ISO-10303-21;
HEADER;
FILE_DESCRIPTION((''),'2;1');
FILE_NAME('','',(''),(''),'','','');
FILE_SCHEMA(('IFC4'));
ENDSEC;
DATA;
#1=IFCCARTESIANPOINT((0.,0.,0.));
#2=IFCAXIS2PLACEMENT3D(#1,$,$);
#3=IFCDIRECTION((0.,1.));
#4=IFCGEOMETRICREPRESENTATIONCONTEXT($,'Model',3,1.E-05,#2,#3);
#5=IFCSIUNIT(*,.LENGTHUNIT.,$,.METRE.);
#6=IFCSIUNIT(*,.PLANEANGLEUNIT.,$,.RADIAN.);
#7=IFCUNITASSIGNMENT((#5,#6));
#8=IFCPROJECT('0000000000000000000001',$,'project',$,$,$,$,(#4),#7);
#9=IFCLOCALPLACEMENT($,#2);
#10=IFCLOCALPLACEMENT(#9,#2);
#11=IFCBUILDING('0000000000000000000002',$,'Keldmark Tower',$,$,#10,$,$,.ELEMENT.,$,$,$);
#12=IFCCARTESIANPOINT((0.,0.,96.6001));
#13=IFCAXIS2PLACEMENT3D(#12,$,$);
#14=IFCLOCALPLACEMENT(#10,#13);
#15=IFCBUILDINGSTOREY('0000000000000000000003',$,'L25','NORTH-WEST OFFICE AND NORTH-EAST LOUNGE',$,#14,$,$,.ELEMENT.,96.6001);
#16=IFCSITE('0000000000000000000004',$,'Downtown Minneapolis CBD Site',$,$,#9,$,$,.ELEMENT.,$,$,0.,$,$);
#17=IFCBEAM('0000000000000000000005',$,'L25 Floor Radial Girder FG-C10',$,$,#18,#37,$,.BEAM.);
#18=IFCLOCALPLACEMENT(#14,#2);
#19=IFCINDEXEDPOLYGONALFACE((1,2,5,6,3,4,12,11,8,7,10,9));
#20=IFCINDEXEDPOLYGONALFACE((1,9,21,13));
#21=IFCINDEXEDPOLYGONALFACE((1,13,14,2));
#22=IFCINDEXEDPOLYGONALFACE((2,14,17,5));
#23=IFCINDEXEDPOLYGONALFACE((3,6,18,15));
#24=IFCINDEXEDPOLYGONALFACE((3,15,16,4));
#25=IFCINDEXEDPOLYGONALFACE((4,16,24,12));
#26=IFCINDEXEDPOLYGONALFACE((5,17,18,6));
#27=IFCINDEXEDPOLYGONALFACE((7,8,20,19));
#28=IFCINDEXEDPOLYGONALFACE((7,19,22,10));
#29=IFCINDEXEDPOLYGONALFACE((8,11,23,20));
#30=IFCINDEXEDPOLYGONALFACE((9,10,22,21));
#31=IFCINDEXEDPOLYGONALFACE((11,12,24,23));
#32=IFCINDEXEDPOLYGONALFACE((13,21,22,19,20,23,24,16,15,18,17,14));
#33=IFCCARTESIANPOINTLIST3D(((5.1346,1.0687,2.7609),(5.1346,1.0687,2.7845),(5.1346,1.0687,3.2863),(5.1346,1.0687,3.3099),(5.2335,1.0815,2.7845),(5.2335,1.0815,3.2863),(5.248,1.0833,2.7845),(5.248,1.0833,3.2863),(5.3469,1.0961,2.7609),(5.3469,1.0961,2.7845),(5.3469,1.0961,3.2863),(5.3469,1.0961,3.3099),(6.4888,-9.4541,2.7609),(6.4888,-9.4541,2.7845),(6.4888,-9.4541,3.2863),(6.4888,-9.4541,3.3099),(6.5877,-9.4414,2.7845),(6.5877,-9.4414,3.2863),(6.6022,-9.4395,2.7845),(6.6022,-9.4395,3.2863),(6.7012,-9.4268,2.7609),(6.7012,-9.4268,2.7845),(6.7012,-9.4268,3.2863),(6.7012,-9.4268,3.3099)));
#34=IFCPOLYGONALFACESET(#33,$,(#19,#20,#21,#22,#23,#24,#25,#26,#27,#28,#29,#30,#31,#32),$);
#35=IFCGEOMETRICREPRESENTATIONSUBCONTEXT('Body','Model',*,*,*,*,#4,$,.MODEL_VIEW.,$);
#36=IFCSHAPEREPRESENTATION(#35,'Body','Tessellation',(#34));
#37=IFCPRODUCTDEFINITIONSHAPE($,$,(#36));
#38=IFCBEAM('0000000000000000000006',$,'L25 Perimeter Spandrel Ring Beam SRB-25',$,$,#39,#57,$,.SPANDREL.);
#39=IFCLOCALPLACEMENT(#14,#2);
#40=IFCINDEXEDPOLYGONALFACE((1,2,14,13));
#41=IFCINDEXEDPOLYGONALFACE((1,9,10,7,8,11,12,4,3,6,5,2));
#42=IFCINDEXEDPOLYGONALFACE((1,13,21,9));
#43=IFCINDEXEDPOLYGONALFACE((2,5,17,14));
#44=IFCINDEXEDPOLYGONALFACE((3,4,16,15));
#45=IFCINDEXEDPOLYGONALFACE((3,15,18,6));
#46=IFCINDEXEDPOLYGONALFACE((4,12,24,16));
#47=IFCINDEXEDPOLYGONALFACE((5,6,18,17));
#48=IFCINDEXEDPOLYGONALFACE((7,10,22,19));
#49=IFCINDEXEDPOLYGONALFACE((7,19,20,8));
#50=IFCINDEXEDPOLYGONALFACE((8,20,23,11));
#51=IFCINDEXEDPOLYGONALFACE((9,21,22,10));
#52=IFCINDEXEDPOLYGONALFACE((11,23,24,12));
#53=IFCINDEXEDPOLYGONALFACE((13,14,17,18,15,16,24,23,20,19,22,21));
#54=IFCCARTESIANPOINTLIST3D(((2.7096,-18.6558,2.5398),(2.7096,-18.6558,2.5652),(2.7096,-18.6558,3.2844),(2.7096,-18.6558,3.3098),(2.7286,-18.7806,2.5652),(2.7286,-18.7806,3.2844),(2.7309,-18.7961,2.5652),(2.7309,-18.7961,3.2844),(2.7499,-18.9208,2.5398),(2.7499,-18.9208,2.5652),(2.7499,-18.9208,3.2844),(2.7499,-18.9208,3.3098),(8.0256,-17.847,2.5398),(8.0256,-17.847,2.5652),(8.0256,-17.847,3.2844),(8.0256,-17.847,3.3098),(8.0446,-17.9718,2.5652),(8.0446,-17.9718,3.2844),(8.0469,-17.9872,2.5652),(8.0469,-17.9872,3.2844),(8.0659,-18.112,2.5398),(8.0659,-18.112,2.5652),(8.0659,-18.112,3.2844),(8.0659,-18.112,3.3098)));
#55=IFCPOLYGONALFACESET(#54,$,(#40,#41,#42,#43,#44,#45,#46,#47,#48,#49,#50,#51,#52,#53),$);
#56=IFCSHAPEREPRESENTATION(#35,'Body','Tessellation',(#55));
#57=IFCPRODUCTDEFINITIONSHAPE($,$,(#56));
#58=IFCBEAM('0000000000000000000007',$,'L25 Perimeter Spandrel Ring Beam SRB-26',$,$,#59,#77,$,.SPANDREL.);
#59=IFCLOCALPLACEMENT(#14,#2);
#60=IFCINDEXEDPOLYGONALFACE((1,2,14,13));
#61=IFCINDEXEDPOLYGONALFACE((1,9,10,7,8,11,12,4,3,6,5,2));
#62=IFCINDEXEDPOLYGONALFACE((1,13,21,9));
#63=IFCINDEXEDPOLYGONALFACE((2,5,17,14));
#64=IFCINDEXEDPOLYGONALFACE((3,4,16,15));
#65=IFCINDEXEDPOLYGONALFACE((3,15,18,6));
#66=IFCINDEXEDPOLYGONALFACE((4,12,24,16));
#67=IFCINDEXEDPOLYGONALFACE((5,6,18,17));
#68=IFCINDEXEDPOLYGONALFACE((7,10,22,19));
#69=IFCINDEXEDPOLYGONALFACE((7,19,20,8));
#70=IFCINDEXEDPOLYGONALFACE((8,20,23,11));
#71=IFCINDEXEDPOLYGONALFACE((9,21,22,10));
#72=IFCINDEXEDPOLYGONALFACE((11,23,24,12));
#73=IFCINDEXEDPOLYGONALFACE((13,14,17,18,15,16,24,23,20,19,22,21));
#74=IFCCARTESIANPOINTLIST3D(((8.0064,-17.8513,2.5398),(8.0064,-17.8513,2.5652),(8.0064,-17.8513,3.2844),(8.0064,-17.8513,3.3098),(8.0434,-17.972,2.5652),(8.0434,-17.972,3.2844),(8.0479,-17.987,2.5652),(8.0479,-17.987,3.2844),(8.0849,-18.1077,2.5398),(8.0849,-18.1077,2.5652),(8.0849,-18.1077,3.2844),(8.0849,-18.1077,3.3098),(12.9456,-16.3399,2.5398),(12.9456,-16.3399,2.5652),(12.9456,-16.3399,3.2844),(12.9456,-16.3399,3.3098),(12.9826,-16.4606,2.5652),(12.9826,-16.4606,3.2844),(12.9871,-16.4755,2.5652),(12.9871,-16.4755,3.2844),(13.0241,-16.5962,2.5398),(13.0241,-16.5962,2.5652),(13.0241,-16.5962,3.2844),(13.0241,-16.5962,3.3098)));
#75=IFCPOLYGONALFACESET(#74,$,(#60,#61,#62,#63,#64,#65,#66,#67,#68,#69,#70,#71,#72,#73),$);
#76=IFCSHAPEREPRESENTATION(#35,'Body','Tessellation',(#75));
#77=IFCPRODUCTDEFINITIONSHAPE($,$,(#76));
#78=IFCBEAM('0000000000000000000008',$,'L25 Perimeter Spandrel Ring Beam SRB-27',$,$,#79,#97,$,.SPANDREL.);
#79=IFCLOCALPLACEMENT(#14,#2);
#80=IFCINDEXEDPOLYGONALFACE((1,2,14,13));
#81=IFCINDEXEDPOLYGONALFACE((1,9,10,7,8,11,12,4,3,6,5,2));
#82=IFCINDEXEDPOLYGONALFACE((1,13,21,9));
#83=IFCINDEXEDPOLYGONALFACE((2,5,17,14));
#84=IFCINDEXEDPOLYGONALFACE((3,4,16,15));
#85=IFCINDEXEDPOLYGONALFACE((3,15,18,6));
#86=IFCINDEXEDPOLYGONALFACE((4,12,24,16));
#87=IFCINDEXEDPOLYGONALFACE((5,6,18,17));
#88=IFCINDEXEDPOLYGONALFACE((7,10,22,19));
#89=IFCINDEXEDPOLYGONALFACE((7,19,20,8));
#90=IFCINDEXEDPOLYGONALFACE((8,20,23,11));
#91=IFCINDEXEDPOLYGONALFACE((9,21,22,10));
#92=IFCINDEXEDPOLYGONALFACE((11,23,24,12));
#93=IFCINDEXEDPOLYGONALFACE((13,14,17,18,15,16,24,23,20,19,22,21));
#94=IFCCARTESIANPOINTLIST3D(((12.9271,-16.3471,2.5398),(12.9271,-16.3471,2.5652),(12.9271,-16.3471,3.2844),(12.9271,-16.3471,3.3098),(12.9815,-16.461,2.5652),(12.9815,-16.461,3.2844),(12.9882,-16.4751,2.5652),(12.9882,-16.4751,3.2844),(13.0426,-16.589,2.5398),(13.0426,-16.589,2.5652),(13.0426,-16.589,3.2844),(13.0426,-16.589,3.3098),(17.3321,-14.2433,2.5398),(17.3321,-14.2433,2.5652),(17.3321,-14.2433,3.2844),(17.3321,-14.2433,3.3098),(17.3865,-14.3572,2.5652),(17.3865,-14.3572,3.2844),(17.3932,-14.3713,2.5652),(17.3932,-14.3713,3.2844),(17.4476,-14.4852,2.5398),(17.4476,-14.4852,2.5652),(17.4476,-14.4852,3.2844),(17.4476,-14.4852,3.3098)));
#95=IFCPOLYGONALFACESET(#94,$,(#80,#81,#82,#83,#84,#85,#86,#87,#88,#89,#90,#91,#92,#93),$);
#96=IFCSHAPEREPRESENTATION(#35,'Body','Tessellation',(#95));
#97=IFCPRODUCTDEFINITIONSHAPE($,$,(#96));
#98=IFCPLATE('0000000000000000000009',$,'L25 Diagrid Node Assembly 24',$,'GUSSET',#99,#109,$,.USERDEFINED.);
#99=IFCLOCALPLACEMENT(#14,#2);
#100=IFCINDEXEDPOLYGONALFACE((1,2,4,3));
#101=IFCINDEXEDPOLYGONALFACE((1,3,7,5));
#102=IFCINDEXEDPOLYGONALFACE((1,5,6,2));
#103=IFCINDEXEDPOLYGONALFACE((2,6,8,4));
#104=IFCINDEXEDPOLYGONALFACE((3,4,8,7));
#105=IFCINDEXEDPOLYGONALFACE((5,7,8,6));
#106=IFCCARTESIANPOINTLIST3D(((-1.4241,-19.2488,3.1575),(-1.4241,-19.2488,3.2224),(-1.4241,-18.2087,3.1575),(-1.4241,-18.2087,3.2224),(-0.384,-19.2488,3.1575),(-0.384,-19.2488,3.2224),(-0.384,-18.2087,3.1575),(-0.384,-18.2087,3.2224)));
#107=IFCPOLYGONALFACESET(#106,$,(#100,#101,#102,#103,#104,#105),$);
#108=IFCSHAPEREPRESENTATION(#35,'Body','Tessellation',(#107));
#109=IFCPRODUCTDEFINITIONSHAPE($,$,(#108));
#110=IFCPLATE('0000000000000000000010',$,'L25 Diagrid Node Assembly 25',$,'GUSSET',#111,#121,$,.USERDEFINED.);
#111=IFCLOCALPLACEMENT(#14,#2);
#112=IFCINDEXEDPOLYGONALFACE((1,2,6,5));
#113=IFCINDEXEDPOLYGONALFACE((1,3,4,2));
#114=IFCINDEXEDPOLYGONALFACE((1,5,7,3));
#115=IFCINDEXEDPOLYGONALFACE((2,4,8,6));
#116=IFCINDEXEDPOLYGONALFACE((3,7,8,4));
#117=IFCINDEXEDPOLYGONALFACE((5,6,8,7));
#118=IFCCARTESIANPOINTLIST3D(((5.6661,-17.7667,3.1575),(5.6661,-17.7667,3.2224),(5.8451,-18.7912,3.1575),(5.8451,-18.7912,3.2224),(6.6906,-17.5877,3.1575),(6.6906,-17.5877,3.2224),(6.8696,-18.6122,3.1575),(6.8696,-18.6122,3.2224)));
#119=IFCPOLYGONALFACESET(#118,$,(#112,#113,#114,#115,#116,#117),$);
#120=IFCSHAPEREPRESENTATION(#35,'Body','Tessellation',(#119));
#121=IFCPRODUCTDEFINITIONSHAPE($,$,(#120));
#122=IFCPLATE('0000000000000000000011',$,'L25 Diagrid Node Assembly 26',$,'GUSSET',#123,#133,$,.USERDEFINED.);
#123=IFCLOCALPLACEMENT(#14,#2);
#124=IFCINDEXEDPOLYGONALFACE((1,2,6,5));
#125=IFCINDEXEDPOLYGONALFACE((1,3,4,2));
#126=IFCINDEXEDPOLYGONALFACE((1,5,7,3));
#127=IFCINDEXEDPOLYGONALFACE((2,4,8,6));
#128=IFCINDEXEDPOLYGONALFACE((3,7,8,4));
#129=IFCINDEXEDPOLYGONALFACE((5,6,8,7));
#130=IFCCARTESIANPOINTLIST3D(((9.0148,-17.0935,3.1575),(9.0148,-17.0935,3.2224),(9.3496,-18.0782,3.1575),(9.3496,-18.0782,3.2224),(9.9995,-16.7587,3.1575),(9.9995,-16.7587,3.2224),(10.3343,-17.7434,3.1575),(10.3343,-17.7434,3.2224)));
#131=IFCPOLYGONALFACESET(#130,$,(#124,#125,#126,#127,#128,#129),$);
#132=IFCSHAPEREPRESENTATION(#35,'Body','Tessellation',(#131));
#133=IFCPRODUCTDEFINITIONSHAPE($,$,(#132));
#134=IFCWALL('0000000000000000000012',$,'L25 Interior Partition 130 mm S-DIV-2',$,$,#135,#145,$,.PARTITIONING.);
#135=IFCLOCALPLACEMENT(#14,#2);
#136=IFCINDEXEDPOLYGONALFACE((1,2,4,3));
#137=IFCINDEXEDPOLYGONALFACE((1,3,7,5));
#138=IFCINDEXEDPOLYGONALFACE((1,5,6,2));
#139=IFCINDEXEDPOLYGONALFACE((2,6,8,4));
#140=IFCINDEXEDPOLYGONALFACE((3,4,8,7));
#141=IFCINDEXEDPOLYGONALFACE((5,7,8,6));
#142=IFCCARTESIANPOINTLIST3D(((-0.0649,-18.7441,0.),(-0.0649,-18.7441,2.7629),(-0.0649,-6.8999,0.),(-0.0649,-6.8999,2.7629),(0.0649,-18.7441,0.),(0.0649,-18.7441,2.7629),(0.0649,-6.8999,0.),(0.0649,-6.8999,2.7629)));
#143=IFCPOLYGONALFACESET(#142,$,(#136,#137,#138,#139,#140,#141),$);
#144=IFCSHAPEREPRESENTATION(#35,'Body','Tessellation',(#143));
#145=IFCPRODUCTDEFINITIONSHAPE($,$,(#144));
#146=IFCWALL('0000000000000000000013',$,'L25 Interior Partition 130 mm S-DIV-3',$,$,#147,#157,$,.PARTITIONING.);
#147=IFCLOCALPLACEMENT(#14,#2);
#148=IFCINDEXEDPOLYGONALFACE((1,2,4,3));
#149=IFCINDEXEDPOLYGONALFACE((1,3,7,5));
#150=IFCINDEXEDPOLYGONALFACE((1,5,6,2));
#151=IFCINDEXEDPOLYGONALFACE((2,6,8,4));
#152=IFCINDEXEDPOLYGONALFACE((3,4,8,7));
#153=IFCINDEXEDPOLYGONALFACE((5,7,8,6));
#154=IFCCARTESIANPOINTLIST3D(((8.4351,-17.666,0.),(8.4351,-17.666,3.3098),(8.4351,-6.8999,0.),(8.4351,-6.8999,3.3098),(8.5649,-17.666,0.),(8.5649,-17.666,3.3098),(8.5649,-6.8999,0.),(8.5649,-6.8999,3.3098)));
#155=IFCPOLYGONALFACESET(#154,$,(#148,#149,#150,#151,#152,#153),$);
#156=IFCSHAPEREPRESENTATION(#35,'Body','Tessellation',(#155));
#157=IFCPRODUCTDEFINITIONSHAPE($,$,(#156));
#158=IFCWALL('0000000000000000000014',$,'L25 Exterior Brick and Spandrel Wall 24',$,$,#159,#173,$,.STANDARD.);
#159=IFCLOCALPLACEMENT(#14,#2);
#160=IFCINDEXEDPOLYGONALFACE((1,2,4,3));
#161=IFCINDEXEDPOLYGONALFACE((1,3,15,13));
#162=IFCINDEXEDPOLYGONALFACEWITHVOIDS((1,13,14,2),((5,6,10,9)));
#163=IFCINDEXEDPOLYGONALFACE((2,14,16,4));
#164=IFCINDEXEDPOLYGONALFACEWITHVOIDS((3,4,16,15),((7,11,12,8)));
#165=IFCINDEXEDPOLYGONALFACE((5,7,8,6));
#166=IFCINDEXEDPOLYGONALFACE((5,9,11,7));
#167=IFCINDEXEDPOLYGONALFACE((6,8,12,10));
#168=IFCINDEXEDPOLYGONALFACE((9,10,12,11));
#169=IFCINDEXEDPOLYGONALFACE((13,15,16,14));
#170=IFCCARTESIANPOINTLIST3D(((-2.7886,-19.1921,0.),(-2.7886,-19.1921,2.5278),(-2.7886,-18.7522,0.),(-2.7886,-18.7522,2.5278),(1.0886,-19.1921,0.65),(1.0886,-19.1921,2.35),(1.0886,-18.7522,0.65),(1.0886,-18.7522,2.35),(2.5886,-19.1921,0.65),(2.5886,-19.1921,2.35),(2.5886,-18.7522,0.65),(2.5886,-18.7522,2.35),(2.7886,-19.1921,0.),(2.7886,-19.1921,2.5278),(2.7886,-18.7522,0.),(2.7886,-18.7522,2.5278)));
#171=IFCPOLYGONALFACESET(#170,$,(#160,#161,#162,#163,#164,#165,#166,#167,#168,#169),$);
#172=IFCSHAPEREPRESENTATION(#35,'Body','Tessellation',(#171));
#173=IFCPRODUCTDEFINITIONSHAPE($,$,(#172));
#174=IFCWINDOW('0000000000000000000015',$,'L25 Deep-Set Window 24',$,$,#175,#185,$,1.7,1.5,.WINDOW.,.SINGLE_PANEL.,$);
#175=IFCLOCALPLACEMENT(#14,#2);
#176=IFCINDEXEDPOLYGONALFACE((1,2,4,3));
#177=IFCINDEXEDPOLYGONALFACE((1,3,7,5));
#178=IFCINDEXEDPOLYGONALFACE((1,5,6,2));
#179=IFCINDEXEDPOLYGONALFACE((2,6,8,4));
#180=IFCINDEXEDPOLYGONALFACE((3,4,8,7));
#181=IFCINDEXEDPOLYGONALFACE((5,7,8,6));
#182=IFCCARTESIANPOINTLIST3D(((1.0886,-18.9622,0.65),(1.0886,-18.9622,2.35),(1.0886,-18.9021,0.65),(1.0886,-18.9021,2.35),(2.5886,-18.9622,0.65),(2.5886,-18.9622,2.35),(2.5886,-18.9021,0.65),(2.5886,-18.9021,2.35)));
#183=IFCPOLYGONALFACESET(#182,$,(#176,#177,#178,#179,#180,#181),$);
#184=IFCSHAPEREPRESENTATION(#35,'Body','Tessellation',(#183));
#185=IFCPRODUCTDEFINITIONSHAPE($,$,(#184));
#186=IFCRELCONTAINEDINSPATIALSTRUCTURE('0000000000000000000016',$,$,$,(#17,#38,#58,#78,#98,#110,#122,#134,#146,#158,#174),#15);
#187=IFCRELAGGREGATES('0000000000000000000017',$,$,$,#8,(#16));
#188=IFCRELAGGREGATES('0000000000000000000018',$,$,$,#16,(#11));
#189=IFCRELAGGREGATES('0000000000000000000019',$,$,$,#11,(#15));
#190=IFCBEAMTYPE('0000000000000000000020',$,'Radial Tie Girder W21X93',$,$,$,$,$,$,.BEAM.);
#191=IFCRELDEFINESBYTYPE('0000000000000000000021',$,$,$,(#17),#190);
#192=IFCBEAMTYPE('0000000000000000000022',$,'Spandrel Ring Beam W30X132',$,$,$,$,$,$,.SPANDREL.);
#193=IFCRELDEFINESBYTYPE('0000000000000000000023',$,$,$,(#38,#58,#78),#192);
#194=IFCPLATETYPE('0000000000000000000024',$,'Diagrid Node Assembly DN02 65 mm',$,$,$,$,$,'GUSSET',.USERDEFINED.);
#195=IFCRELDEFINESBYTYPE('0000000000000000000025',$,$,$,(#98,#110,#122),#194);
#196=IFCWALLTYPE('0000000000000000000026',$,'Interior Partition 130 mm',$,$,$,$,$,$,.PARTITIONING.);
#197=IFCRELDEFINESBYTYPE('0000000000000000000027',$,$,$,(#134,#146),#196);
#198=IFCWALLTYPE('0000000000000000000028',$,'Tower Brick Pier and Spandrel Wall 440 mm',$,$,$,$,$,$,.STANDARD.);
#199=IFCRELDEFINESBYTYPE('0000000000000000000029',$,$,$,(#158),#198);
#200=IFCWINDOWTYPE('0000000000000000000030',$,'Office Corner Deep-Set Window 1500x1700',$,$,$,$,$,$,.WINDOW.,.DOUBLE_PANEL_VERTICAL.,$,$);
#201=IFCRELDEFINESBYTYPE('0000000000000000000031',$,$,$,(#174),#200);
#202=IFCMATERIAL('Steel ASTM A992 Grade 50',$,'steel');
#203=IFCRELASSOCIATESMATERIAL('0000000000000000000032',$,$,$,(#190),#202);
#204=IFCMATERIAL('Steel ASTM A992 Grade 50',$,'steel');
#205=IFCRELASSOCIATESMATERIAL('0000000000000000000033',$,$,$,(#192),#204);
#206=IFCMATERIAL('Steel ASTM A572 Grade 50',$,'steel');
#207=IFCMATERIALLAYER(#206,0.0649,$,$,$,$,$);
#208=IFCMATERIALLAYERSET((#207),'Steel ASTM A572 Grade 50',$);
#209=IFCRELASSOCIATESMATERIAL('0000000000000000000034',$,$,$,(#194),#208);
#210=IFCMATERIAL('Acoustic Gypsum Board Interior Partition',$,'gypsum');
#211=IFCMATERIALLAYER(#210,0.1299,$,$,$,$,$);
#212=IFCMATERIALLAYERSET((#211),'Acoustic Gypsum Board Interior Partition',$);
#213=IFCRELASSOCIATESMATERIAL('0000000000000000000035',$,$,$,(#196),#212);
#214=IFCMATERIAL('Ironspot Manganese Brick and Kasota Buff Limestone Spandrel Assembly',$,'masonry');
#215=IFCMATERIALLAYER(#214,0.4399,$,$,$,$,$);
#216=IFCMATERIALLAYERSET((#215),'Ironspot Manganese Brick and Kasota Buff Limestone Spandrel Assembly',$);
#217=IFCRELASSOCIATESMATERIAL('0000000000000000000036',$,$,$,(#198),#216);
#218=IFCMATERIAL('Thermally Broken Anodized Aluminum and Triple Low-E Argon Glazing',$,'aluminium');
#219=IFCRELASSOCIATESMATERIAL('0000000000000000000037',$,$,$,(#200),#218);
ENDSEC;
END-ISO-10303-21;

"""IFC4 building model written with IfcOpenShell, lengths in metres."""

from ifc_helpers import new_model, si_unit, direction, frame, frame_2d, origin, origin_2d, place, context, subcontext, project, spatial, rectangle, i_section, extrude, material, layer, layer_set, material_profile, profile_set, type_object, element, fill, save


model = new_model("IFC4")

# Units and contexts
model_context = context("Model", 3, precision=1e-05, world=origin(), true_north=direction((0.0, 1.0)))
body_context = subcontext(model_context, "Body", "Model", "MODEL_VIEW")
ifc_project = project(units=[si_unit("LENGTHUNIT", "METRE"), si_unit("PLANEANGLEUNIT", "RADIAN")], contexts=[model_context])

# Site, building, storey
site_placement = place(None, origin())
site = spatial("IfcSite", under=ifc_project, at=site_placement, Name="Downtown Minneapolis CBD Site", CompositionType="ELEMENT", RefElevation=0.0)
building_placement = place(site_placement, origin())
building = spatial("IfcBuilding", under=site, at=building_placement, Name="Keldmark Tower", CompositionType="ELEMENT")
storey_placement = place(building_placement, frame((0.0, 0.0, 96.6001)))
storey = spatial("IfcBuildingStorey", under=building, at=storey_placement, Name="L25", Description="NORTH-WEST OFFICE AND NORTH-EAST LOUNGE", CompositionType="ELEMENT", Elevation=96.6001)

# Beams
ifc_material_1 = material(Name="Steel ASTM A992 Grade 50", Category="steel")
ifc_material_profile_1 = material_profile(ifc_material_1, i_section(OverallWidth=0.2141, OverallDepth=0.5491, WebThickness=0.0146, FlangeThickness=0.0237, at=origin_2d()), Name="W21X93")
ifc_profile_set_1 = profile_set([ifc_material_profile_1], Name="Steel ASTM A992 Grade 50")
beam_type_1 = type_object("IfcBeamType", Name="Radial Tie Girder W21X93", PredefinedType="BEAM", material=ifc_profile_set_1)
beam_1_placement = place(storey_placement, frame((6.595, -9.4404, 3.0354), z_axis=(-0.127642, 0.99182, 0.0), x_axis=(-0.99182, -0.127642, 0.0)))
element("IfcBeam", 1, at=beam_1_placement, inside=storey, type_object=beam_type_1, Name="L25 Floor Radial Girder FG-C10", PredefinedType="BEAM", context=body_context, shape_type="SweptSolid", body=[
    extrude(i_section(OverallWidth=0.2141, OverallDepth=0.5491, WebThickness=0.0146, FlangeThickness=0.0237, at=origin_2d()), origin(), (0.0, 0.0, 1.0), 10.6096),
])
ifc_material_2 = material(Name="Steel ASTM A992 Grade 50", Category="steel")
ifc_material_profile_2 = material_profile(ifc_material_2, i_section(OverallWidth=0.2681, OverallDepth=0.77, WebThickness=0.0156, FlangeThickness=0.0254, at=origin_2d()), Name="W30X132")
ifc_profile_set_2 = profile_set([ifc_material_profile_2], Name="Steel ASTM A992 Grade 50")
beam_type_2 = type_object("IfcBeamType", Name="Spandrel Ring Beam W30X132", PredefinedType="SPANDREL", material=ifc_profile_set_2)
beam_2_placement = place(storey_placement, frame((2.7297, -18.7883, 2.9248), z_axis=(0.988622, 0.150423, 0.0), x_axis=(-0.150423, 0.988622, 0.0)))
element("IfcBeam", 2, at=beam_2_placement, inside=storey, type_object=beam_type_2, Name="L25 Perimeter Spandrel Ring Beam SRB-25", PredefinedType="SPANDREL", context=body_context, shape_type="SweptSolid", body=[
    extrude(i_section(OverallWidth=0.2681, OverallDepth=0.77, WebThickness=0.0156, FlangeThickness=0.0254, at=origin_2d()), origin(), (0.0, 0.0, 1.0), 5.3772),
])
beam_3_placement = place(storey_placement, frame((8.0457, -17.9795, 2.9248), z_axis=(0.956229, 0.292621, 0.0), x_axis=(-0.292621, 0.956229, 0.0)))
element("IfcBeam", 3, at=beam_3_placement, inside=storey, type_object=beam_type_2, Name="L25 Perimeter Spandrel Ring Beam SRB-26", PredefinedType="SPANDREL", context=body_context, shape_type="SweptSolid", body=[
    extrude(i_section(OverallWidth=0.2681, OverallDepth=0.77, WebThickness=0.0156, FlangeThickness=0.0254, at=origin_2d()), origin(), (0.0, 0.0, 1.0), 5.1653),
])
beam_4_placement = place(storey_placement, frame((12.9849, -16.468, 2.9248), z_axis=(0.902373, 0.430956, 0.0), x_axis=(-0.430956, 0.902373, 0.0)))
element("IfcBeam", 4, at=beam_4_placement, inside=storey, type_object=beam_type_2, Name="L25 Perimeter Spandrel Ring Beam SRB-27", PredefinedType="SPANDREL", context=body_context, shape_type="SweptSolid", body=[
    extrude(i_section(OverallWidth=0.2681, OverallDepth=0.77, WebThickness=0.0156, FlangeThickness=0.0254, at=origin_2d()), origin(), (0.0, 0.0, 1.0), 4.8816),
])

# Plates
ifc_material_3 = material(Name="Steel ASTM A572 Grade 50", Category="steel")
ifc_layer_1 = layer(ifc_material_3, 0.0649)
ifc_layer_set_1 = layer_set([ifc_layer_1], Name="Steel ASTM A572 Grade 50")
plate_type = type_object("IfcPlateType", Name="Diagrid Node Assembly DN02 65 mm", ElementType="GUSSET", PredefinedType="USERDEFINED", material=ifc_layer_set_1)
for number, where, z_axis, x_axis, name in (
    (5, (-0.9041, -18.7288, 3.1575), (0.0, 0.0, 1.0), (1.0, 0.0, 0.0), "L25 Diagrid Node Assembly 24"),
    (6, (6.2678, -18.1895, 3.1575), (0.0, 0.0, 1.0), (0.985079, 0.172101, 0.0), "L25 Diagrid Node Assembly 25"),
    (7, (9.6746, -17.4185, 3.1575), (0.0, 0.0, 1.0), (0.946762, 0.321935, 0.0), "L25 Diagrid Node Assembly 26"),
):
    element("IfcPlate", number, at=place(storey_placement, frame(where, z_axis=z_axis, x_axis=x_axis)), inside=storey, type_object=plate_type, Name=name, ObjectType="GUSSET", PredefinedType="USERDEFINED", context=body_context, shape_type="SweptSolid", body=[
        extrude(rectangle(XDim=1.04, YDim=1.04, at=origin_2d()), origin(), (0.0, 0.0, 1.0), 0.0649),
    ])

# Walls
ifc_material_4 = material(Name="Acoustic Gypsum Board Interior Partition", Category="gypsum")
ifc_layer_2 = layer(ifc_material_4, 0.1299)
ifc_layer_set_2 = layer_set([ifc_layer_2], Name="Acoustic Gypsum Board Interior Partition")
wall_type_1 = type_object("IfcWallType", Name="Interior Partition 130 mm", PredefinedType="PARTITIONING", material=ifc_layer_set_2)
wall_1_placement = place(storey_placement, frame((0.0, -18.7441, 0.0), z_axis=(0.0, 0.0, 1.0), x_axis=(0.0, 1.0, 0.0)))
element("IfcWall", 8, at=wall_1_placement, inside=storey, type_object=wall_type_1, Name="L25 Interior Partition 130 mm S-DIV-2", PredefinedType="PARTITIONING", context=body_context, shape_type="SweptSolid", body=[
    extrude(rectangle(XDim=11.8442, YDim=0.1299, at=frame_2d((5.9221, 0.0))), origin(), (0.0, 0.0, 1.0), 2.7629),
])
wall_2_placement = place(storey_placement, frame((8.5, -17.666, 0.0), z_axis=(0.0, 0.0, 1.0), x_axis=(0.0, 1.0, 0.0)))
element("IfcWall", 9, at=wall_2_placement, inside=storey, type_object=wall_type_1, Name="L25 Interior Partition 130 mm S-DIV-3", PredefinedType="PARTITIONING", context=body_context, shape_type="SweptSolid", body=[
    extrude(rectangle(XDim=10.7661, YDim=0.1299, at=frame_2d((5.3831, 0.0))), origin(), (0.0, 0.0, 1.0), 3.3098),
])

# Wall, opening, window
ifc_material_5 = material(Name="Ironspot Manganese Brick and Kasota Buff Limestone Spandrel Assembly", Category="masonry")
ifc_layer_3 = layer(ifc_material_5, 0.4399)
ifc_layer_set_3 = layer_set([ifc_layer_3], Name="Ironspot Manganese Brick and Kasota Buff Limestone Spandrel Assembly")
wall_type_2 = type_object("IfcWallType", Name="Tower Brick Pier and Spandrel Wall 440 mm", PredefinedType="STANDARD", material=ifc_layer_set_3)
wall_3_placement = place(storey_placement, frame((2.7886, -18.9722, 0.0), z_axis=(0.0, 0.0, 1.0), x_axis=(-1.0, 0.0, 0.0)))
wall_3 = element("IfcWall", 10, at=wall_3_placement, inside=storey, type_object=wall_type_2, Name="L25 Exterior Brick and Spandrel Wall 24", PredefinedType="STANDARD", context=body_context, shape_type="SweptSolid", body=[
    extrude(rectangle(XDim=5.5771, YDim=0.4399, at=frame_2d((2.7886, 0.0))), origin(), (0.0, 0.0, 1.0), 2.5278),
])
opening_1_placement = place(wall_3_placement, frame((0.2, 0.0, 0.6499)))
opening_1 = element("IfcOpeningElement", 11, at=opening_1_placement, cuts=wall_3, PredefinedType="OPENING", context=body_context, shape_type="SweptSolid", body=[
    extrude(rectangle(XDim=1.5, YDim=1.7, at=frame_2d((0.75, 0.8501))), frame((0.0, 0.23, 0.0), z_axis=(0.0, -1.0, 0.0), x_axis=(1.0, 0.0, 0.0)), (0.0, 0.0, 1.0), 0.46),
])
ifc_material_6 = material(Name="Thermally Broken Anodized Aluminum and Triple Low-E Argon Glazing", Category="aluminium")
window_type_1 = type_object("IfcWindowType", Name="Office Corner Deep-Set Window 1500x1700", PartitioningType="DOUBLE_PANEL_VERTICAL", PredefinedType="WINDOW", material=ifc_material_6)
window_1_placement = place(opening_1_placement, origin())
window_1 = element("IfcWindow", 12, at=window_1_placement, inside=storey, type_object=window_type_1, Name="L25 Deep-Set Window 24", OverallHeight=1.7, OverallWidth=1.5, PartitioningType="SINGLE_PANEL", PredefinedType="WINDOW", context=body_context, shape_type="SweptSolid", body=[
    extrude(rectangle(XDim=1.5, YDim=1.7, at=frame_2d((0.75, 0.8501))), frame((0.0, -0.01, 0.0), z_axis=(0.0, -1.0, 0.0), x_axis=(1.0, 0.0, 0.0)), (0.0, 0.0, 1.0), 0.0601),
])
fill(opening_1, window_1)

save(model, "model.ifc")
